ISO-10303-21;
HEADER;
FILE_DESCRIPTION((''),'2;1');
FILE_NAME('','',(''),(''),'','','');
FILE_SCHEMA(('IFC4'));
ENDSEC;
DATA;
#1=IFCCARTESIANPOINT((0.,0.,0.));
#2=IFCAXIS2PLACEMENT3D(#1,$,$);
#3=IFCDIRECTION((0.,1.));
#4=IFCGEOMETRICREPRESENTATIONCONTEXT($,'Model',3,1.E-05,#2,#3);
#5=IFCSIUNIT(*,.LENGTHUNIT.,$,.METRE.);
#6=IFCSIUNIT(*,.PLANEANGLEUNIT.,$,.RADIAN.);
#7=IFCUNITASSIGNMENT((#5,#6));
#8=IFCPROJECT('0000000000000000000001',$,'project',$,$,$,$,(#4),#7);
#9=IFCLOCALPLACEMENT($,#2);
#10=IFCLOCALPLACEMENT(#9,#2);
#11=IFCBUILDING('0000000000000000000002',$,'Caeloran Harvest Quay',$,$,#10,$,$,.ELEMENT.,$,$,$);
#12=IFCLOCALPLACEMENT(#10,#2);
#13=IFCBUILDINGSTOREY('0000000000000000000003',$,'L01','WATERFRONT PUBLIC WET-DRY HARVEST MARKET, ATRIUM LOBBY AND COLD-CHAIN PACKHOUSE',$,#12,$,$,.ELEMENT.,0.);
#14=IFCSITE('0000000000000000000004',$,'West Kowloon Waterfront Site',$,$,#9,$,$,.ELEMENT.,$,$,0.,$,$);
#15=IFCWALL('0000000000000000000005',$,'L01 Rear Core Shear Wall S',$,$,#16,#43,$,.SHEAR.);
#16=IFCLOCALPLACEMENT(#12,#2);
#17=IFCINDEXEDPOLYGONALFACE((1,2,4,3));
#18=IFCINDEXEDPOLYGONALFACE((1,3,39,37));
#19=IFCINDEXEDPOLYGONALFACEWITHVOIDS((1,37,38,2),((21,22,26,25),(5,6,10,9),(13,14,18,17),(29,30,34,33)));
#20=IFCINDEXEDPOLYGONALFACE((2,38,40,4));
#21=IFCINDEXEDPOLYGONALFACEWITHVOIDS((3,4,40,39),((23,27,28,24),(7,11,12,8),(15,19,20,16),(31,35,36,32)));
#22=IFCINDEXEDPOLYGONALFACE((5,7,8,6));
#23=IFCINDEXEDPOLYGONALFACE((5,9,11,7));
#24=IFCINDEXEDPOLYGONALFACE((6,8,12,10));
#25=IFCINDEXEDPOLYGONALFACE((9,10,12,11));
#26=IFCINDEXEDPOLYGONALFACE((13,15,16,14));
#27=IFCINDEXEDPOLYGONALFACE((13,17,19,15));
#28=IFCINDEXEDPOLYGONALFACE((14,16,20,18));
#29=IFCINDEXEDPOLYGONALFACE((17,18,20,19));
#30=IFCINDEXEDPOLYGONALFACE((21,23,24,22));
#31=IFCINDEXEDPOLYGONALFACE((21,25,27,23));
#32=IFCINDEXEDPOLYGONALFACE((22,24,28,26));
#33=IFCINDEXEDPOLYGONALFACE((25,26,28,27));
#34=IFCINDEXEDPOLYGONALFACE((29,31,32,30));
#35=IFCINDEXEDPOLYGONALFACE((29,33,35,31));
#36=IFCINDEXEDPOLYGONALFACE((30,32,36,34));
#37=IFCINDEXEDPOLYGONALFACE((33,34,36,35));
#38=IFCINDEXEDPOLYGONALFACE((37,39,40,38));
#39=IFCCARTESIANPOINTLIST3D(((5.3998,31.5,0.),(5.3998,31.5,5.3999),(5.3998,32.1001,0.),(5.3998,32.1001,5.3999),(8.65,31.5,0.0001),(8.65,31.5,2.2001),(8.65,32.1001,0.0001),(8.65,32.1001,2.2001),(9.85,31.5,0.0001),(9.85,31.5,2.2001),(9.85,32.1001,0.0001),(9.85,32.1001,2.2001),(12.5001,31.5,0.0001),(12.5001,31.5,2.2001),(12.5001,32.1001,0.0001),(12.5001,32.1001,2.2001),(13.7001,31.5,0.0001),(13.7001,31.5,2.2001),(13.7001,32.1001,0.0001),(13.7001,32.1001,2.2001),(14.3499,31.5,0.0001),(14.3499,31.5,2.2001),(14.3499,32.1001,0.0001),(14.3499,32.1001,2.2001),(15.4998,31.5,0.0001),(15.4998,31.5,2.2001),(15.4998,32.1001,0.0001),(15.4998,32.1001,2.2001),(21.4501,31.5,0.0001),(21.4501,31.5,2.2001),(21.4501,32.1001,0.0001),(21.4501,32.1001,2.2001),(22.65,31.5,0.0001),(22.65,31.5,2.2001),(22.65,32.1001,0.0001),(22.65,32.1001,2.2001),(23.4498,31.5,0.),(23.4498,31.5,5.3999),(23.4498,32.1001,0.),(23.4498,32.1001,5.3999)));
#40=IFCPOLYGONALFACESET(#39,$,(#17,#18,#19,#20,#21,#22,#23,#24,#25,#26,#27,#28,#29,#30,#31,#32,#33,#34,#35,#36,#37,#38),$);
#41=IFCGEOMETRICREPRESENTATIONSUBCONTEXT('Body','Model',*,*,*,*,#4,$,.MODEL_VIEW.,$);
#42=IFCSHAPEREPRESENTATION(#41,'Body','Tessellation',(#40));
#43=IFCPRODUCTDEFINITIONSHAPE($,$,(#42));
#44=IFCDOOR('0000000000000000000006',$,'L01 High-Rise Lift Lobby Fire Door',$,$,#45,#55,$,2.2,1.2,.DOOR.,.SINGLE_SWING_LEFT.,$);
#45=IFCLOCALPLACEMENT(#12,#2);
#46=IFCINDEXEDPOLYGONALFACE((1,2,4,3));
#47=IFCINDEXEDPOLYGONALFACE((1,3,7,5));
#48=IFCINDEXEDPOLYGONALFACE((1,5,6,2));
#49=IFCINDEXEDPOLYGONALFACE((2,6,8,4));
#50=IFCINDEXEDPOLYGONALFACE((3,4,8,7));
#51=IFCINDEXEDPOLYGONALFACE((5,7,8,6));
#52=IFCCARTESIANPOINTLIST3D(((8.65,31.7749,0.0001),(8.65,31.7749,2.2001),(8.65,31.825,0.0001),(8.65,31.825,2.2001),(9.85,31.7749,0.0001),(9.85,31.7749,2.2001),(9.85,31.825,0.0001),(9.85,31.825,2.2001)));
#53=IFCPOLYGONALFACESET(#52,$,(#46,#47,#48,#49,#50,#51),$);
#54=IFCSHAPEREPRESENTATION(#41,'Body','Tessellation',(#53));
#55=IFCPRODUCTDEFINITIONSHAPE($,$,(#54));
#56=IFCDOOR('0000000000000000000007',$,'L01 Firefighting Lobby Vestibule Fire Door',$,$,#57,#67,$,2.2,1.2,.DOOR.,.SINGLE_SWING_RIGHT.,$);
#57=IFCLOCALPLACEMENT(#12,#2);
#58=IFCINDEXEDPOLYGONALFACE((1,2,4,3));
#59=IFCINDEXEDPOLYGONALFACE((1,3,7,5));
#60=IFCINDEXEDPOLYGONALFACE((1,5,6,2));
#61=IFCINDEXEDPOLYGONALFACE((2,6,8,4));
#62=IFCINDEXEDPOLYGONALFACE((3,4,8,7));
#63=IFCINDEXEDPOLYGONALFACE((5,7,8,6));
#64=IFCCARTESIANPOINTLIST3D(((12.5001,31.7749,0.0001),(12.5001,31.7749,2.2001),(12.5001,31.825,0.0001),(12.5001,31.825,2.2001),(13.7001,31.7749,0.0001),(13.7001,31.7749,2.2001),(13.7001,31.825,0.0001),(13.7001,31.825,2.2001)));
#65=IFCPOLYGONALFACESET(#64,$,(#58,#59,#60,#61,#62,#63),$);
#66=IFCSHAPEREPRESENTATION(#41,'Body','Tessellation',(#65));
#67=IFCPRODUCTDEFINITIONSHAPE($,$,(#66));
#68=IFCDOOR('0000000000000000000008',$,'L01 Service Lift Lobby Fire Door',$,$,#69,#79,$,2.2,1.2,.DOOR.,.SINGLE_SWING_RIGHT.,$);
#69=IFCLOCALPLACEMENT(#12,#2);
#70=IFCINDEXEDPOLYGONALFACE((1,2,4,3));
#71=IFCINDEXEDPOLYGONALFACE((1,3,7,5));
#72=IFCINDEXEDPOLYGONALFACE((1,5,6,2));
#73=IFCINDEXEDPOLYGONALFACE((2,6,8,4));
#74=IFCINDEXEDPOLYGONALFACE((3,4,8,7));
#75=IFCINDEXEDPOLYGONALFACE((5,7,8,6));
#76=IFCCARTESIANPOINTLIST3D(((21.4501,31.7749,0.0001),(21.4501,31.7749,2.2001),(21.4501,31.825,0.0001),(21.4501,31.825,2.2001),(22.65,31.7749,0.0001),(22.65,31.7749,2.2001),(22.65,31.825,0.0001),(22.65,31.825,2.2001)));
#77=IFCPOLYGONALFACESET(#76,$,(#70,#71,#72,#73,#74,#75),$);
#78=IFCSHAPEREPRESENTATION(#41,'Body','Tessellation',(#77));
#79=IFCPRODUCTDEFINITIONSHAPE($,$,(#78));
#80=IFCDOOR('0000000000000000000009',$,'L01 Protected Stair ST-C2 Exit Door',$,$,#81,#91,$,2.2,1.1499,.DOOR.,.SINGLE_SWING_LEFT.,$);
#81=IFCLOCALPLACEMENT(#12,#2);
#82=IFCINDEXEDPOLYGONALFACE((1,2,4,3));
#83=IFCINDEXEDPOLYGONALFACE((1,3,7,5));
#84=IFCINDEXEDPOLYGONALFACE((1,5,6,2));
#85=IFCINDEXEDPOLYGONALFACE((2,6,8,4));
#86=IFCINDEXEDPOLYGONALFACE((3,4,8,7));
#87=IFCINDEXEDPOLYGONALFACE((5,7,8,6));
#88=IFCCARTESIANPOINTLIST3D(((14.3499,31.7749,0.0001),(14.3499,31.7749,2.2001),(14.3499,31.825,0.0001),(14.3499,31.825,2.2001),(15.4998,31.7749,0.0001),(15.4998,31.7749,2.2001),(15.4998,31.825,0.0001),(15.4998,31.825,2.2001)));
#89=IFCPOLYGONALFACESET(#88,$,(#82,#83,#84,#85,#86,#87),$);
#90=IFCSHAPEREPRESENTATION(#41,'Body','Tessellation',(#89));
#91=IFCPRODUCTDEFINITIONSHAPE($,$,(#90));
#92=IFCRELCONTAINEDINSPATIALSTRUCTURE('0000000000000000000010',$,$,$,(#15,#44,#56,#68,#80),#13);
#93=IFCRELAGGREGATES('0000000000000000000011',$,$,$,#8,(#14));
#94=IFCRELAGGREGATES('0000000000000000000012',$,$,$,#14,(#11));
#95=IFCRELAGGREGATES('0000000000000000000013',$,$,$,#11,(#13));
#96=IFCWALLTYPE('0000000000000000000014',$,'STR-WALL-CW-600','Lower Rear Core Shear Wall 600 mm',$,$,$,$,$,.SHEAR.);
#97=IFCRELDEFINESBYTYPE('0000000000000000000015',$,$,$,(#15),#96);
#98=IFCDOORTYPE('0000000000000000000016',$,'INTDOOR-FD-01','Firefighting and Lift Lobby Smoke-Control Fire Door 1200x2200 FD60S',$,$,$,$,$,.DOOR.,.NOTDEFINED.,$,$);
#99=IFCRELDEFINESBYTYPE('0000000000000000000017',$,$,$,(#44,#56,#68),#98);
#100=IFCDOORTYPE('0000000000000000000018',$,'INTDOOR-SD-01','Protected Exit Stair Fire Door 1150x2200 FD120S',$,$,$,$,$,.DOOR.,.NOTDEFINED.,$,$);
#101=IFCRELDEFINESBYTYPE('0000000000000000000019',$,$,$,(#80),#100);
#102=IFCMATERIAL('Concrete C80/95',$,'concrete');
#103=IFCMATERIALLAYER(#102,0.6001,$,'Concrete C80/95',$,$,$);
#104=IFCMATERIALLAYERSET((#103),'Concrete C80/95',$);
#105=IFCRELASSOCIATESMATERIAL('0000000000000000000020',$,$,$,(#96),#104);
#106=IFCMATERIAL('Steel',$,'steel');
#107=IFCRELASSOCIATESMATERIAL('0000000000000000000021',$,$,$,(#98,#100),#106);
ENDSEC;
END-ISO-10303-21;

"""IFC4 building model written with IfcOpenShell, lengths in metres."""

from ifc_helpers import new_model, si_unit, direction, frame, frame_2d, origin, place, context, subcontext, project, spatial, rectangle, extrude, material, layer, layer_set, type_object, element, fill, save


model = new_model("IFC4")

# Units and contexts
model_context = context("Model", 3, precision=1e-05, world=origin(), true_north=direction((0.0, 1.0)))
body_context = subcontext(model_context, "Body", "Model", "MODEL_VIEW")
ifc_project = project(units=[si_unit("LENGTHUNIT", "METRE"), si_unit("PLANEANGLEUNIT", "RADIAN")], contexts=[model_context])

# Site, building, storey
site_placement = place(None, origin())
site = spatial("IfcSite", under=ifc_project, at=site_placement, Name="West Kowloon Waterfront Site", CompositionType="ELEMENT", RefElevation=0.0)
building_placement = place(site_placement, origin())
building = spatial("IfcBuilding", under=site, at=building_placement, Name="Caeloran Harvest Quay", CompositionType="ELEMENT")
storey_placement = place(building_placement, origin())
storey = spatial("IfcBuildingStorey", under=building, at=storey_placement, Name="L01", Description="WATERFRONT PUBLIC WET-DRY HARVEST MARKET, ATRIUM LOBBY AND COLD-CHAIN PACKHOUSE", CompositionType="ELEMENT", Elevation=0.0)

# Shared definitions
ifc_material_1 = material(Name="Concrete C80/95", Category="concrete")

# Wall, openings, doors
ifc_layer_1 = layer(ifc_material_1, 0.6001, Name="Concrete C80/95")
ifc_layer_set_1 = layer_set([ifc_layer_1], Name="Concrete C80/95")
wall_type_1 = type_object("IfcWallType", Name="STR-WALL-CW-600", Description="Lower Rear Core Shear Wall 600 mm", PredefinedType="SHEAR", material=ifc_layer_set_1)
wall_1_placement = place(storey_placement, frame((5.3999, 31.8, 0.0), z_axis=(0.0, 0.0, 1.0), x_axis=(1.0, 0.0, 0.0)))
wall_1 = element("IfcWall", 1, at=wall_1_placement, inside=storey, type_object=wall_type_1, Name="L01 Rear Core Shear Wall S", PredefinedType="SHEAR", context=body_context, shape_type="SweptSolid", body=[
    extrude(rectangle(XDim=18.05, YDim=0.6001, at=frame_2d((9.0249, 0.0))), origin(), (0.0, 0.0, 1.0), 5.3999),
])
opening_1_placement = place(wall_1_placement, frame((3.25, 0.0, 0.0)))
opening_1 = element("IfcOpeningElement", 2, at=opening_1_placement, cuts=wall_1, PredefinedType="OPENING", context=body_context, shape_type="SweptSolid", body=[
    extrude(rectangle(XDim=1.2, YDim=2.2, at=frame_2d((0.6001, 1.1001))), frame((0.0, 0.3101, 0.0), z_axis=(0.0, -1.0, 0.0), x_axis=(1.0, 0.0, 0.0)), (0.0, 0.0, 1.0), 0.6201),
])
opening_2_placement = place(wall_1_placement, frame((7.1001, 0.0, 0.0)))
opening_2 = element("IfcOpeningElement", 3, at=opening_2_placement, cuts=wall_1, PredefinedType="OPENING", context=body_context, shape_type="SweptSolid", body=[
    extrude(rectangle(XDim=1.2, YDim=2.2, at=frame_2d((0.6001, 1.1001))), frame((0.0, 0.3101, 0.0), z_axis=(0.0, -1.0, 0.0), x_axis=(1.0, 0.0, 0.0)), (0.0, 0.0, 1.0), 0.6201),
])
opening_3_placement = place(wall_1_placement, frame((8.95, 0.0, 0.0)))
opening_3 = element("IfcOpeningElement", 4, at=opening_3_placement, cuts=wall_1, PredefinedType="OPENING", context=body_context, shape_type="SweptSolid", body=[
    extrude(rectangle(XDim=1.1499, YDim=2.2, at=frame_2d((0.575, 1.1001))), frame((0.0, 0.3101, 0.0), z_axis=(0.0, -1.0, 0.0), x_axis=(1.0, 0.0, 0.0)), (0.0, 0.0, 1.0), 0.6201),
])
opening_4_placement = place(wall_1_placement, frame((16.05, 0.0, 0.0)))
opening_4 = element("IfcOpeningElement", 5, at=opening_4_placement, cuts=wall_1, PredefinedType="OPENING", context=body_context, shape_type="SweptSolid", body=[
    extrude(rectangle(XDim=1.2, YDim=2.2, at=frame_2d((0.6001, 1.1001))), frame((0.0, 0.3101, 0.0), z_axis=(0.0, -1.0, 0.0), x_axis=(1.0, 0.0, 0.0)), (0.0, 0.0, 1.0), 0.6201),
])
ifc_material_2 = material(Name="Steel", Category="steel")
door_type_1 = type_object("IfcDoorType", Name="INTDOOR-FD-01", Description="Firefighting and Lift Lobby Smoke-Control Fire Door 1200x2200 FD60S", OperationType="NOTDEFINED", PredefinedType="DOOR", material=ifc_material_2)
door_1_placement = place(opening_1_placement, origin())
door_1 = element("IfcDoor", 6, at=door_1_placement, inside=storey, type_object=door_type_1, Name="L01 High-Rise Lift Lobby Fire Door", OperationType="SINGLE_SWING_LEFT", OverallHeight=2.2, OverallWidth=1.2, PredefinedType="DOOR", context=body_context, shape_type="SweptSolid", body=[
    extrude(rectangle(XDim=1.2, YDim=2.2, at=frame_2d((0.6001, 1.1001))), frame((0.0, 0.0249, 0.0), z_axis=(0.0, -1.0, 0.0), x_axis=(1.0, 0.0, 0.0)), (0.0, 0.0, 1.0), 0.05),
])
fill(opening_1, door_1)
door_2_placement = place(opening_2_placement, origin())
door_2 = element("IfcDoor", 7, at=door_2_placement, inside=storey, type_object=door_type_1, Name="L01 Firefighting Lobby Vestibule Fire Door", OperationType="SINGLE_SWING_RIGHT", OverallHeight=2.2, OverallWidth=1.2, PredefinedType="DOOR", context=body_context, shape_type="SweptSolid", body=[
    extrude(rectangle(XDim=1.2, YDim=2.2, at=frame_2d((0.6001, 1.1001))), frame((0.0, 0.0249, 0.0), z_axis=(0.0, -1.0, 0.0), x_axis=(1.0, 0.0, 0.0)), (0.0, 0.0, 1.0), 0.05),
])
fill(opening_2, door_2)
door_3_placement = place(opening_4_placement, origin())
door_3 = element("IfcDoor", 8, at=door_3_placement, inside=storey, type_object=door_type_1, Name="L01 Service Lift Lobby Fire Door", OperationType="SINGLE_SWING_RIGHT", OverallHeight=2.2, OverallWidth=1.2, PredefinedType="DOOR", context=body_context, shape_type="SweptSolid", body=[
    extrude(rectangle(XDim=1.2, YDim=2.2, at=frame_2d((0.6001, 1.1001))), frame((0.0, 0.0249, 0.0), z_axis=(0.0, -1.0, 0.0), x_axis=(1.0, 0.0, 0.0)), (0.0, 0.0, 1.0), 0.05),
])
fill(opening_4, door_3)
door_type_2 = type_object("IfcDoorType", Name="INTDOOR-SD-01", Description="Protected Exit Stair Fire Door 1150x2200 FD120S", OperationType="NOTDEFINED", PredefinedType="DOOR", material=ifc_material_2)
door_4_placement = place(opening_3_placement, origin())
door_4 = element("IfcDoor", 9, at=door_4_placement, inside=storey, type_object=door_type_2, Name="L01 Protected Stair ST-C2 Exit Door", OperationType="SINGLE_SWING_LEFT", OverallHeight=2.2, OverallWidth=1.1499, PredefinedType="DOOR", context=body_context, shape_type="SweptSolid", body=[
    extrude(rectangle(XDim=1.1499, YDim=2.2, at=frame_2d((0.575, 1.1001))), frame((0.0, 0.0249, 0.0), z_axis=(0.0, -1.0, 0.0), x_axis=(1.0, 0.0, 0.0)), (0.0, 0.0, 1.0), 0.05),
])
fill(opening_3, door_4)

save(model, "model.ifc")
